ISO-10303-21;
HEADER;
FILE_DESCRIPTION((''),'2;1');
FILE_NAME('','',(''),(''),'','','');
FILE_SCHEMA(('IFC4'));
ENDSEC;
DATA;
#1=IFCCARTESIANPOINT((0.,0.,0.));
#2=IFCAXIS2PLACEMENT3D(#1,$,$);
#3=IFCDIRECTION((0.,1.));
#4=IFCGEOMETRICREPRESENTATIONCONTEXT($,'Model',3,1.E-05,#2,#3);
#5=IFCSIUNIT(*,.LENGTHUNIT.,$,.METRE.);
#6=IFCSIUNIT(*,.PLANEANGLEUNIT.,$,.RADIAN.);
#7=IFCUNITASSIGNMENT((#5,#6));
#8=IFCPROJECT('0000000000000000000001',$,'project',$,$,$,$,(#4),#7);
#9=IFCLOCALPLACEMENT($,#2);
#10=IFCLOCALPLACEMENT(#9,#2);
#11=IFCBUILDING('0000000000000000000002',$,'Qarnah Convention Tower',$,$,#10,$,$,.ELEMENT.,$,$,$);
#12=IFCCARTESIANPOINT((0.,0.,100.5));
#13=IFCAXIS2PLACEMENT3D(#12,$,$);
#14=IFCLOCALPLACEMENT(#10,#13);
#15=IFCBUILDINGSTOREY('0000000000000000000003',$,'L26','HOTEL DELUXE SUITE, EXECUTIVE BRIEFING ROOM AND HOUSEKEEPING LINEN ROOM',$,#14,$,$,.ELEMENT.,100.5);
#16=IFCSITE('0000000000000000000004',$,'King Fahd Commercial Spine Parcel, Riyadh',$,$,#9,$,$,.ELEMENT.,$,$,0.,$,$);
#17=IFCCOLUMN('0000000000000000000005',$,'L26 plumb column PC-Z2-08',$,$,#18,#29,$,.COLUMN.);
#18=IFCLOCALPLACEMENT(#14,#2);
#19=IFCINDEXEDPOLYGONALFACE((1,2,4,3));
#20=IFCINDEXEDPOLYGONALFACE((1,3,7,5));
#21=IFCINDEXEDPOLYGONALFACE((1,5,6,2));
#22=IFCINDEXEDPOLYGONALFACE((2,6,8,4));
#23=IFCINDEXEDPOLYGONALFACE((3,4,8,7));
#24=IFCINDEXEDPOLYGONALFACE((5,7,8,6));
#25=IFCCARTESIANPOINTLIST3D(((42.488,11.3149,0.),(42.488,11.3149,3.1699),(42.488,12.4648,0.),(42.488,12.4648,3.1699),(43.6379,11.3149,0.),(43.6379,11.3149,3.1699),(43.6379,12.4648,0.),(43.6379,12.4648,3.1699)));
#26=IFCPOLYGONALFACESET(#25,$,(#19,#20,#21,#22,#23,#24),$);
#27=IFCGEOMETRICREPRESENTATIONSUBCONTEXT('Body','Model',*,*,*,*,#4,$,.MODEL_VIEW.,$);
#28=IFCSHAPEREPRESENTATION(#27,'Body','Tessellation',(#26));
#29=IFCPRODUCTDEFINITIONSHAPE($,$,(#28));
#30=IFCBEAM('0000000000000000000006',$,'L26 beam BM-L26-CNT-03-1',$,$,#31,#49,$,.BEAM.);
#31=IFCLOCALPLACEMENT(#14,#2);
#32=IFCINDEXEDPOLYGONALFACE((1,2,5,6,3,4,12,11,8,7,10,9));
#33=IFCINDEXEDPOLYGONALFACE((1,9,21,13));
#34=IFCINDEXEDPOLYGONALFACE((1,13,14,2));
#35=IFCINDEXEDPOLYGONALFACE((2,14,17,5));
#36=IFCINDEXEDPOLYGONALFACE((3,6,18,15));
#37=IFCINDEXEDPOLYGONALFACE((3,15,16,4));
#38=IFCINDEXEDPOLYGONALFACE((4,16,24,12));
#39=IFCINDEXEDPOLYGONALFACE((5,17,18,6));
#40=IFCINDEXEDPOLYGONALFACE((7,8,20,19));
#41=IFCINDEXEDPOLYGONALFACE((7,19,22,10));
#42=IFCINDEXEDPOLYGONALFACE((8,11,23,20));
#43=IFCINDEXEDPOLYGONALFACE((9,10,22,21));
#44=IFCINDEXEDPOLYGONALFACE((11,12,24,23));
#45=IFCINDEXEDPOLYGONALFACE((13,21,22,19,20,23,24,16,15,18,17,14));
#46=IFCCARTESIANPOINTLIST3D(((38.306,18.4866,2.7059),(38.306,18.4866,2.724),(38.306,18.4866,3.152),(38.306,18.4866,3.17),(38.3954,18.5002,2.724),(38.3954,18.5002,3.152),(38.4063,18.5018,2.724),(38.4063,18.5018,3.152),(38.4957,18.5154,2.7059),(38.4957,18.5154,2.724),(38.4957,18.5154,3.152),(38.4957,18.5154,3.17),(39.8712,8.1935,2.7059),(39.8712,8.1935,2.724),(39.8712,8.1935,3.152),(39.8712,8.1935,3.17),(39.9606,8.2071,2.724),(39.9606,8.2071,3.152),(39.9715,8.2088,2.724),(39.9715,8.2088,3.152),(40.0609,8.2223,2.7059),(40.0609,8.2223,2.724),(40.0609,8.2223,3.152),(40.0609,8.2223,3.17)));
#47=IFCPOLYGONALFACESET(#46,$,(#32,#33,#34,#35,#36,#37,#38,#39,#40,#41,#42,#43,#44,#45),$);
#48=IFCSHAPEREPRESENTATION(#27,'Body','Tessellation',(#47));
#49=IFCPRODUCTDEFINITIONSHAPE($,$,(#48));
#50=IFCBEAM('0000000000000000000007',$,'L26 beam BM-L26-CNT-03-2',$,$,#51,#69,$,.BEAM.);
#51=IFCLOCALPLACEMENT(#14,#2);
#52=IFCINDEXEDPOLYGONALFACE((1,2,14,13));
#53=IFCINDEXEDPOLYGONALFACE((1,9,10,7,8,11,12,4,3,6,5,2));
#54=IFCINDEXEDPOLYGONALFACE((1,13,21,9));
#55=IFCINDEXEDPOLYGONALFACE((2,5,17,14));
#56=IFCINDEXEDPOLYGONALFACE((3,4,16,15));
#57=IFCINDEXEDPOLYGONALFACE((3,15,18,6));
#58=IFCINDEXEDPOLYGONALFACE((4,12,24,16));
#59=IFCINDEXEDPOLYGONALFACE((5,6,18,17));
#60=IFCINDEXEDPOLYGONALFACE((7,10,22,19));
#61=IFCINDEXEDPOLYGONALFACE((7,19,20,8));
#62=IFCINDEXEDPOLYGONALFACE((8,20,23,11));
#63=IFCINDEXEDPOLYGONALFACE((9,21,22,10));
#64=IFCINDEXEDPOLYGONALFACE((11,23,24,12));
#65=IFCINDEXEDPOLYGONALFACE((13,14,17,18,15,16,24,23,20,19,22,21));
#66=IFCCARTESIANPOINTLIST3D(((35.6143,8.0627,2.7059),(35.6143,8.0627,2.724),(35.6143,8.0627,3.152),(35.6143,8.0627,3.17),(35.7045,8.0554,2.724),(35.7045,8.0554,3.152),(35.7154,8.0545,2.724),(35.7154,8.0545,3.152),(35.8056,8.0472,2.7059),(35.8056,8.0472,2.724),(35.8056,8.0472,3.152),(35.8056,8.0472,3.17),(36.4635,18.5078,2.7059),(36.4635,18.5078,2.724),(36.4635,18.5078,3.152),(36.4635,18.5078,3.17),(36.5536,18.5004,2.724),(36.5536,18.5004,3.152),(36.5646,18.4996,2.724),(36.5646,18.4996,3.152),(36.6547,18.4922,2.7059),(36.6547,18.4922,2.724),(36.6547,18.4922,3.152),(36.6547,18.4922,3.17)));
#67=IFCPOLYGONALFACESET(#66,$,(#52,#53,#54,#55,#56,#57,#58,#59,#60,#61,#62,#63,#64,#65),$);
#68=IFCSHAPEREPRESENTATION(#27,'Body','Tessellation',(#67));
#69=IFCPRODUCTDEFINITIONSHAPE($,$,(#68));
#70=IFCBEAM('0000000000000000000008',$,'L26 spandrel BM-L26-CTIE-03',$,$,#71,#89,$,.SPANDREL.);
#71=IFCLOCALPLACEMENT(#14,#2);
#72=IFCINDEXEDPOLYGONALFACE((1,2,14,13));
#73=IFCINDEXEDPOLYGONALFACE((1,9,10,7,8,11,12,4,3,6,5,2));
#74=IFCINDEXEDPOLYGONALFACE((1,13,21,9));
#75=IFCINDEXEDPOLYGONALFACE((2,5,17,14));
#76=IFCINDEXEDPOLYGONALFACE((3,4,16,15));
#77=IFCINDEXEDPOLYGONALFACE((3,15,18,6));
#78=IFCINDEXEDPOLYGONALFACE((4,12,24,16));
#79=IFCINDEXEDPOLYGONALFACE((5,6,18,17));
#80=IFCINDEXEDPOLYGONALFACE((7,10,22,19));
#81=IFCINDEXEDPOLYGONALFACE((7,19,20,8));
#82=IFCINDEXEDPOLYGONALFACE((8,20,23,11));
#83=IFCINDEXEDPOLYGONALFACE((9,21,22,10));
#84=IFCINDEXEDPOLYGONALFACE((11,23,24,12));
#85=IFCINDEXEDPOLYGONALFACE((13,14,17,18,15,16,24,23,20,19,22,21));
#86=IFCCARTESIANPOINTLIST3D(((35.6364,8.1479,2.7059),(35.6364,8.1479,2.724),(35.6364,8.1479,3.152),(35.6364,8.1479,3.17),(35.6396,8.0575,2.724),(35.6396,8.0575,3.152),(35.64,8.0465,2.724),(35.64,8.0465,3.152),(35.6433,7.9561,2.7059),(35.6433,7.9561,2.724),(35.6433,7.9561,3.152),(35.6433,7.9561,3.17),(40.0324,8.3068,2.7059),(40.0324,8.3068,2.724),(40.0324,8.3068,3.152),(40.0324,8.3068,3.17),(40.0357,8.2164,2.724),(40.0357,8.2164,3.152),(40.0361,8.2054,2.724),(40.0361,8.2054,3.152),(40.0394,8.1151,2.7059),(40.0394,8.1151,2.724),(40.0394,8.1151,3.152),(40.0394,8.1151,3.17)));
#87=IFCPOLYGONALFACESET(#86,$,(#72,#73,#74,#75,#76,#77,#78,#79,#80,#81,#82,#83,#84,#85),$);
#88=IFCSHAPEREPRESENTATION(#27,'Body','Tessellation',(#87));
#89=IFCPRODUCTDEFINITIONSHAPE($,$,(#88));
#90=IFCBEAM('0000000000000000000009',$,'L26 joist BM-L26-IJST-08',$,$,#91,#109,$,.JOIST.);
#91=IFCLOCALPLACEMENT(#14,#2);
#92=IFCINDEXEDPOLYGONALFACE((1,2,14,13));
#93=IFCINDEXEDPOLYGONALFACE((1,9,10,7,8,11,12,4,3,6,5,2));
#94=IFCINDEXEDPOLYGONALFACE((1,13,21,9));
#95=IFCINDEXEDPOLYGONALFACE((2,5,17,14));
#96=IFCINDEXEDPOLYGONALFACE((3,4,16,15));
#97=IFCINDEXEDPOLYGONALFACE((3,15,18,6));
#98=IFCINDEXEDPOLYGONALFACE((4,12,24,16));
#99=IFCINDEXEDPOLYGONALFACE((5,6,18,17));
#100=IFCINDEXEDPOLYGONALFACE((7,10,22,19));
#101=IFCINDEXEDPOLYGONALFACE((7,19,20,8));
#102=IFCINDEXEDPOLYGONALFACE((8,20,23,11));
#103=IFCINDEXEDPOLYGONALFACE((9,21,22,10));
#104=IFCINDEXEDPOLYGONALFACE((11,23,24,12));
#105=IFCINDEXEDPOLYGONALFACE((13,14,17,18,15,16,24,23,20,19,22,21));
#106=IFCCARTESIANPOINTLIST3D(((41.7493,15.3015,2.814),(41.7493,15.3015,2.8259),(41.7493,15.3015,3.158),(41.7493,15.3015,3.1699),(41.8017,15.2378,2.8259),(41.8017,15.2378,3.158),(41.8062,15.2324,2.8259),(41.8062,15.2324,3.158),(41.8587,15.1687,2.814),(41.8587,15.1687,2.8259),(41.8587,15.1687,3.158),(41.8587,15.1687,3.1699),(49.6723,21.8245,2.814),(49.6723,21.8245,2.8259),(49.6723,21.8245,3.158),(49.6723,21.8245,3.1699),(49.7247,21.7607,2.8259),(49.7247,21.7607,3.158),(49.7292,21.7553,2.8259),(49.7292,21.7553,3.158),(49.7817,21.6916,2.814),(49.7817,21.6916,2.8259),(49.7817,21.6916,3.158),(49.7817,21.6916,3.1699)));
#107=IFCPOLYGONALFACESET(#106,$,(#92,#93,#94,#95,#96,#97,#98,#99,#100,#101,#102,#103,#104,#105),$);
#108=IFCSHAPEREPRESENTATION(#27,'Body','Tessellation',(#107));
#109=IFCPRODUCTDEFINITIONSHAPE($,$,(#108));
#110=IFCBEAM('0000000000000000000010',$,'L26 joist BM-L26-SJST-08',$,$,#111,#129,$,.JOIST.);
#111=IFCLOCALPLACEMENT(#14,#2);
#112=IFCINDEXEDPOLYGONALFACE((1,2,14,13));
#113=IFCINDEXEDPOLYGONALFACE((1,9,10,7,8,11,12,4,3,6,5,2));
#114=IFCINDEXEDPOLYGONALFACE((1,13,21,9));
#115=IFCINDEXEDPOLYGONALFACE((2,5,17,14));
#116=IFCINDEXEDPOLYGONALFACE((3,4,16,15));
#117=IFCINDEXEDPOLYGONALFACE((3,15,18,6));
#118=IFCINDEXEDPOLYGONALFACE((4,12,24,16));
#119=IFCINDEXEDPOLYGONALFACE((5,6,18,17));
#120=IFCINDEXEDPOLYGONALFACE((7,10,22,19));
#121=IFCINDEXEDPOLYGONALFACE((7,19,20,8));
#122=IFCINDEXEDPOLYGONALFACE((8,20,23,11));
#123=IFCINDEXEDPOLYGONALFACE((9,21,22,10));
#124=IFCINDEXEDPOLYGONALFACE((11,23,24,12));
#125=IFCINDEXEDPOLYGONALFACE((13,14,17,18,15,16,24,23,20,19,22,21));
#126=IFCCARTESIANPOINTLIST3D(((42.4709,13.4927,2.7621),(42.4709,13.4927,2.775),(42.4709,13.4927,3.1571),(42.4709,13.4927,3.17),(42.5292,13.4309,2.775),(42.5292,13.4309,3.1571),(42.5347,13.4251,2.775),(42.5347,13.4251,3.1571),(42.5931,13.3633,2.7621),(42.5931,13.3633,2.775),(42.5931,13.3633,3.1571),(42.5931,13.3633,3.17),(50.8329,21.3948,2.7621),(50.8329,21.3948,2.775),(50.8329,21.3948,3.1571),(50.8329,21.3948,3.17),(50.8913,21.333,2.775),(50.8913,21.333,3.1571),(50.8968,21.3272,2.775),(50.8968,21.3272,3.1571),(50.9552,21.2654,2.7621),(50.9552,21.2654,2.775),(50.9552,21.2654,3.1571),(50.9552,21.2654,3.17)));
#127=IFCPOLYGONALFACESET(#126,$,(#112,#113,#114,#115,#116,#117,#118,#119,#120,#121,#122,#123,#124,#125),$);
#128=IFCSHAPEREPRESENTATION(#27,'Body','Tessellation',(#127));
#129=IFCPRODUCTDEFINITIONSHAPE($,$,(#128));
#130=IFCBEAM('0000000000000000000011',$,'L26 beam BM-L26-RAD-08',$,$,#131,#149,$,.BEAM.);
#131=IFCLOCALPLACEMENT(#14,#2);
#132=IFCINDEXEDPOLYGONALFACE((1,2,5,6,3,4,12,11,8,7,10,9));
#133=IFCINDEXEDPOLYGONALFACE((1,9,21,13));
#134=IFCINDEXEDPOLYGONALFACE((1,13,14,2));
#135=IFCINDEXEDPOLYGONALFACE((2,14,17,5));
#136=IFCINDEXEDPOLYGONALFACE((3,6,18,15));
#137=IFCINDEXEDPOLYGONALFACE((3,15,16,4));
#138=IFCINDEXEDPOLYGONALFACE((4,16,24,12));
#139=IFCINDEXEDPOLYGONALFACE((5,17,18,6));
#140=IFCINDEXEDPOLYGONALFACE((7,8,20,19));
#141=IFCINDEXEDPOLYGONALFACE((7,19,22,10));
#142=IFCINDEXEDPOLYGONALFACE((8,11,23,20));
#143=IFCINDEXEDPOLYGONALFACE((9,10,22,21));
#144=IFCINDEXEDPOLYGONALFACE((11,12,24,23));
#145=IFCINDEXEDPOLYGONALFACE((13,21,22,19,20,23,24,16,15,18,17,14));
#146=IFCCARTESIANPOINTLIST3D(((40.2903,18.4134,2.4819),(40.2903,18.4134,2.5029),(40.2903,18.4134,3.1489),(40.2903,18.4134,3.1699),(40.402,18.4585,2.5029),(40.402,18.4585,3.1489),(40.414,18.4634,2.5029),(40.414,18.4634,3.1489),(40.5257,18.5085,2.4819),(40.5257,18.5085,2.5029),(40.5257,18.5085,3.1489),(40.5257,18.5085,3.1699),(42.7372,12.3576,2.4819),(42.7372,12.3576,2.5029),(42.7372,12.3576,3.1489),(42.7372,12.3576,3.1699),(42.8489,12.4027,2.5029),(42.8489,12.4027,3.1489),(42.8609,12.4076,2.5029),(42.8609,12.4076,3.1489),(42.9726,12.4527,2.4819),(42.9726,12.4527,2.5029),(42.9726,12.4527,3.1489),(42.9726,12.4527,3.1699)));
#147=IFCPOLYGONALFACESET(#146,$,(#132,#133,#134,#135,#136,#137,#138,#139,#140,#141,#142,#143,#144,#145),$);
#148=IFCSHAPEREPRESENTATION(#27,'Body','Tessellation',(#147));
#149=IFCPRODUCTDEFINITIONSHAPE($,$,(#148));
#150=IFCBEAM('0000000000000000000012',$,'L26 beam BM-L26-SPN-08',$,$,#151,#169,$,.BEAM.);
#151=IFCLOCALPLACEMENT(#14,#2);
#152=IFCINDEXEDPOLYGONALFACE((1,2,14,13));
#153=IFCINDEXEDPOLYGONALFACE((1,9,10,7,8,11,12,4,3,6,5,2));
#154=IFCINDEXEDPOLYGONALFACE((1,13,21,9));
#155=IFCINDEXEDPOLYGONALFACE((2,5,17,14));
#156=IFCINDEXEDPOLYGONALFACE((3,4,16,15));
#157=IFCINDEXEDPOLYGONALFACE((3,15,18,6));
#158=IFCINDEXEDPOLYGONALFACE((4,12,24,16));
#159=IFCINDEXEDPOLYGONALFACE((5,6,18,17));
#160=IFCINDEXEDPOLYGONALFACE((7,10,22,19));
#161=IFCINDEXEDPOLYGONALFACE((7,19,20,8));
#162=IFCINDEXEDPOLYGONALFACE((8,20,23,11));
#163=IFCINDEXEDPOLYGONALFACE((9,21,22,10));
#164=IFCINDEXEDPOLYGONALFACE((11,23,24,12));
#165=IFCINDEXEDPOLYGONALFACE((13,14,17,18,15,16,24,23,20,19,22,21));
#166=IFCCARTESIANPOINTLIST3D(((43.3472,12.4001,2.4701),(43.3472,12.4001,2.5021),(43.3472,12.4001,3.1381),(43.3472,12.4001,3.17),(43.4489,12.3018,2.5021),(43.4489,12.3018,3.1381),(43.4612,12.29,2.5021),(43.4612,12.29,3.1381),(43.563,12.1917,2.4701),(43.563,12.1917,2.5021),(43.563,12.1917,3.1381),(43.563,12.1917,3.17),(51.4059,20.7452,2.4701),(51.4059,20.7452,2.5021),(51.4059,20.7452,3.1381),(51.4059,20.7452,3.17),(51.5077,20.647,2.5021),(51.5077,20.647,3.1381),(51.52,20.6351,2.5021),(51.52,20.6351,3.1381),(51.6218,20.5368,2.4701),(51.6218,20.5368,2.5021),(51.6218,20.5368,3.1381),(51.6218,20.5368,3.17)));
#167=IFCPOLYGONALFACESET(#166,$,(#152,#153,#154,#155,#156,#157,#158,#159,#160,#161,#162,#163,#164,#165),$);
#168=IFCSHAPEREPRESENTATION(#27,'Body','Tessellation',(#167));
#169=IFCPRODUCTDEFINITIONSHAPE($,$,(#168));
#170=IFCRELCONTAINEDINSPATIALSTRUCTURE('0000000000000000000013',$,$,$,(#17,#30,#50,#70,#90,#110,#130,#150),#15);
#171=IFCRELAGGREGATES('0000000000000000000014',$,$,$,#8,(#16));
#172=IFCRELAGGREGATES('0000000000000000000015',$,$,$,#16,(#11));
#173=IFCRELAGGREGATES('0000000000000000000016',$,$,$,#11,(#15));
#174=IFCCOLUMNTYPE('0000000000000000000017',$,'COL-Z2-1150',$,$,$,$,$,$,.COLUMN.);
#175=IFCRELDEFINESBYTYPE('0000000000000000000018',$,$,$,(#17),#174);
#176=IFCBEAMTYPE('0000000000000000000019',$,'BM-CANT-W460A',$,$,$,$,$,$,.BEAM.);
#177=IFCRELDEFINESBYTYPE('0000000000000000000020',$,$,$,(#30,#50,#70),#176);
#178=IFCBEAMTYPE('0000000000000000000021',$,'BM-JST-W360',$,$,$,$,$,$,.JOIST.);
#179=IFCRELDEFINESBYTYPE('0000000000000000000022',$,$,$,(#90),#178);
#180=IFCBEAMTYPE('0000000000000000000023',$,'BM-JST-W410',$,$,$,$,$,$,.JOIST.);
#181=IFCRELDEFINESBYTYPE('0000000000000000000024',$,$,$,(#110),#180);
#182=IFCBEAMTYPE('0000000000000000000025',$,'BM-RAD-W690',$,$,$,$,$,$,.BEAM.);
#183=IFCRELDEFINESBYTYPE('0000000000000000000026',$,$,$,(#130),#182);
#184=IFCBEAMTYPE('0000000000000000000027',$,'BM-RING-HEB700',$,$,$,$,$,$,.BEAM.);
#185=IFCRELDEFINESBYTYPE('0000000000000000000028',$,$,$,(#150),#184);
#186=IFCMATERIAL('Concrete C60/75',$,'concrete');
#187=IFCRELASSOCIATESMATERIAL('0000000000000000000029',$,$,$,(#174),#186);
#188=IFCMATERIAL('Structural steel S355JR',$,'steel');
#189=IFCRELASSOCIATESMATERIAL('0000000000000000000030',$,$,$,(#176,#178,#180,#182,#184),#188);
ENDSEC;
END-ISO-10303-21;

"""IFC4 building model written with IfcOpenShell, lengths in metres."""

from ifc_helpers import new_model, si_unit, direction, frame, origin, origin_2d, place, context, subcontext, project, spatial, rectangle, i_section, extrude, material, material_profile, profile_set, type_object, element, save


model = new_model("IFC4")

# Units and contexts
model_context = context("Model", 3, precision=1e-05, world=origin(), true_north=direction((0.0, 1.0)))
body_context = subcontext(model_context, "Body", "Model", "MODEL_VIEW")
ifc_project = project(units=[si_unit("LENGTHUNIT", "METRE"), si_unit("PLANEANGLEUNIT", "RADIAN")], contexts=[model_context])

# Site, building, storey
site_placement = place(None, origin())
site = spatial("IfcSite", under=ifc_project, at=site_placement, Name="King Fahd Commercial Spine Parcel, Riyadh", CompositionType="ELEMENT", RefElevation=0.0)
building_placement = place(site_placement, origin())
building = spatial("IfcBuilding", under=site, at=building_placement, Name="Qarnah Convention Tower", CompositionType="ELEMENT")
storey_placement = place(building_placement, frame((0.0, 0.0, 100.5)))
storey = spatial("IfcBuildingStorey", under=building, at=storey_placement, Name="L26", Description="HOTEL DELUXE SUITE, EXECUTIVE BRIEFING ROOM AND HOUSEKEEPING LINEN ROOM", CompositionType="ELEMENT", Elevation=100.5)

# Column
ifc_material_1 = material(Name="Concrete C60/75", Category="concrete")
ifc_material_profile_1 = material_profile(ifc_material_1, rectangle(XDim=1.1499, YDim=1.1499, at=origin_2d()), Name="RC-COL-1150X1150")
ifc_profile_set_1 = profile_set([ifc_material_profile_1], Name="Concrete C60/75")
column_type = type_object("IfcColumnType", Name="COL-Z2-1150", PredefinedType="COLUMN", material=ifc_profile_set_1)
column_placement = place(storey_placement, frame((43.063, 11.8899, 0.0), z_axis=(0.0, 0.0, 1.0), x_axis=(1.0, 0.0, 0.0)))
element("IfcColumn", 1, at=column_placement, inside=storey, type_object=column_type, Name="L26 plumb column PC-Z2-08", PredefinedType="COLUMN", context=body_context, shape_type="SweptSolid", body=[
    extrude(rectangle(XDim=1.1499, YDim=1.1499, at=origin_2d()), origin(), (0.0, 0.0, 1.0), 3.1699),
])

# Beams
ifc_material_2 = material(Name="Structural steel S355JR", Category="steel")
ifc_material_profile_2 = material_profile(ifc_material_2, i_section(OverallWidth=0.1919, OverallDepth=0.4641, WebThickness=0.011, FlangeThickness=0.0181, at=origin_2d()), Name="W460X89")
ifc_profile_set_2 = profile_set([ifc_material_profile_2], Name="Structural steel S355JR")
beam_type_1 = type_object("IfcBeamType", Name="BM-CANT-W460A", PredefinedType="BEAM", material=ifc_profile_set_2)
beam_1_placement = place(storey_placement, frame((38.4009, 18.501, 2.938), z_axis=(0.150335, -0.988635, 0.0), x_axis=(0.988635, 0.150335, 0.0)))
element("IfcBeam", 2, at=beam_1_placement, inside=storey, type_object=beam_type_1, Name="L26 beam BM-L26-CNT-03-1", PredefinedType="BEAM", context=body_context, shape_type="SweptSolid", body=[
    extrude(i_section(OverallWidth=0.1919, OverallDepth=0.4641, WebThickness=0.011, FlangeThickness=0.0181, at=origin_2d()), origin(), (0.0, 0.0, 1.0), 10.4114),
])
beam_2_placement = place(storey_placement, frame((36.5591, 18.5, 2.938), z_axis=(-0.081027, -0.996712, 0.0), x_axis=(0.996712, -0.081027, 0.0)))
element("IfcBeam", 3, at=beam_2_placement, inside=storey, type_object=beam_type_1, Name="L26 beam BM-L26-CNT-03-2", PredefinedType="BEAM", context=body_context, shape_type="SweptSolid", body=[
    extrude(i_section(OverallWidth=0.1919, OverallDepth=0.4641, WebThickness=0.011, FlangeThickness=0.0181, at=origin_2d()), origin(), (0.0, 0.0, 1.0), 10.4795),
])
beam_3_placement = place(storey_placement, frame((40.0359, 8.2109, 2.938), z_axis=(-0.999347, -0.036131, 0.0), x_axis=(0.036131, -0.999347, 0.0)))
element("IfcBeam", 4, at=beam_3_placement, inside=storey, type_object=beam_type_1, Name="L26 spandrel BM-L26-CTIE-03", PredefinedType="SPANDREL", context=body_context, shape_type="SweptSolid", body=[
    extrude(i_section(OverallWidth=0.1919, OverallDepth=0.4641, WebThickness=0.011, FlangeThickness=0.0181, at=origin_2d()), origin(), (0.0, 0.0, 1.0), 4.3989),
])
ifc_material_profile_3 = material_profile(ifc_material_2, i_section(OverallWidth=0.1721, OverallDepth=0.356, WebThickness=0.0071, FlangeThickness=0.012, at=origin_2d()), Name="W360X51")
ifc_profile_set_3 = profile_set([ifc_material_profile_3], Name="Structural steel S355JR")
beam_type_2 = type_object("IfcBeamType", Name="BM-JST-W360", PredefinedType="JOIST", material=ifc_profile_set_3)
beam_4_placement = place(storey_placement, frame((41.804, 15.2351, 2.9919), z_axis=(0.772024, 0.635594, 0.0), x_axis=(-0.635594, 0.772024, 0.0)))
element("IfcBeam", 5, at=beam_4_placement, inside=storey, type_object=beam_type_2, Name="L26 joist BM-L26-IJST-08", PredefinedType="JOIST", context=body_context, shape_type="SweptSolid", body=[
    extrude(i_section(OverallWidth=0.1721, OverallDepth=0.356, WebThickness=0.0071, FlangeThickness=0.012, at=origin_2d()), origin(), (0.0, 0.0, 1.0), 10.2627),
])
ifc_material_profile_4 = material_profile(ifc_material_2, i_section(OverallWidth=0.178, OverallDepth=0.408, WebThickness=0.0081, FlangeThickness=0.0129, at=origin_2d()), Name="W410X60")
ifc_profile_set_4 = profile_set([ifc_material_profile_4], Name="Structural steel S355JR")
beam_type_3 = type_object("IfcBeamType", Name="BM-JST-W410", PredefinedType="JOIST", material=ifc_profile_set_4)
beam_5_placement = place(storey_placement, frame((42.532, 13.428, 2.9661), z_axis=(0.726814, 0.686835, 0.0), x_axis=(-0.686835, 0.726814, 0.0)))
element("IfcBeam", 6, at=beam_5_placement, inside=storey, type_object=beam_type_3, Name="L26 joist BM-L26-SJST-08", PredefinedType="JOIST", context=body_context, shape_type="SweptSolid", body=[
    extrude(i_section(OverallWidth=0.178, OverallDepth=0.408, WebThickness=0.0081, FlangeThickness=0.0129, at=origin_2d()), origin(), (0.0, 0.0, 1.0), 11.5051),
])
ifc_material_profile_5 = material_profile(ifc_material_2, i_section(OverallWidth=0.2539, OverallDepth=0.688, WebThickness=0.0129, FlangeThickness=0.021, at=origin_2d()), Name="W690X152")
ifc_profile_set_5 = profile_set([ifc_material_profile_5], Name="Structural steel S355JR")
beam_type_4 = type_object("IfcBeamType", Name="BM-RAD-W690", PredefinedType="BEAM", material=ifc_profile_set_5)
beam_6_placement = place(storey_placement, frame((40.408, 18.4609, 2.8259), z_axis=(0.374643, -0.927169, 0.0), x_axis=(0.927169, 0.374643, 0.0)))
element("IfcBeam", 7, at=beam_6_placement, inside=storey, type_object=beam_type_4, Name="L26 beam BM-L26-RAD-08", PredefinedType="BEAM", context=body_context, shape_type="SweptSolid", body=[
    extrude(i_section(OverallWidth=0.2539, OverallDepth=0.688, WebThickness=0.0129, FlangeThickness=0.021, at=origin_2d()), origin(), (0.0, 0.0, 1.0), 6.5315),
])
ifc_material_profile_6 = material_profile(ifc_material_2, i_section(OverallWidth=0.3, OverallDepth=0.7, WebThickness=0.0171, FlangeThickness=0.032, at=origin_2d()), Name="HEB700")
ifc_profile_set_6 = profile_set([ifc_material_profile_6], Name="Structural steel S355JR")
beam_type_5 = type_object("IfcBeamType", Name="BM-RING-HEB700", PredefinedType="BEAM", material=ifc_profile_set_6)
beam_7_placement = place(storey_placement, frame((43.4551, 12.2959, 2.8201), z_axis=(0.694656, 0.719342, 0.0), x_axis=(-0.719342, 0.694656, 0.0)))
element("IfcBeam", 8, at=beam_7_placement, inside=storey, type_object=beam_type_5, Name="L26 beam BM-L26-SPN-08", PredefinedType="BEAM", context=body_context, shape_type="SweptSolid", body=[
    extrude(i_section(OverallWidth=0.3, OverallDepth=0.7, WebThickness=0.0171, FlangeThickness=0.032, at=origin_2d()), origin(), (0.0, 0.0, 1.0), 11.6011),
])

save(model, "model.ifc")
